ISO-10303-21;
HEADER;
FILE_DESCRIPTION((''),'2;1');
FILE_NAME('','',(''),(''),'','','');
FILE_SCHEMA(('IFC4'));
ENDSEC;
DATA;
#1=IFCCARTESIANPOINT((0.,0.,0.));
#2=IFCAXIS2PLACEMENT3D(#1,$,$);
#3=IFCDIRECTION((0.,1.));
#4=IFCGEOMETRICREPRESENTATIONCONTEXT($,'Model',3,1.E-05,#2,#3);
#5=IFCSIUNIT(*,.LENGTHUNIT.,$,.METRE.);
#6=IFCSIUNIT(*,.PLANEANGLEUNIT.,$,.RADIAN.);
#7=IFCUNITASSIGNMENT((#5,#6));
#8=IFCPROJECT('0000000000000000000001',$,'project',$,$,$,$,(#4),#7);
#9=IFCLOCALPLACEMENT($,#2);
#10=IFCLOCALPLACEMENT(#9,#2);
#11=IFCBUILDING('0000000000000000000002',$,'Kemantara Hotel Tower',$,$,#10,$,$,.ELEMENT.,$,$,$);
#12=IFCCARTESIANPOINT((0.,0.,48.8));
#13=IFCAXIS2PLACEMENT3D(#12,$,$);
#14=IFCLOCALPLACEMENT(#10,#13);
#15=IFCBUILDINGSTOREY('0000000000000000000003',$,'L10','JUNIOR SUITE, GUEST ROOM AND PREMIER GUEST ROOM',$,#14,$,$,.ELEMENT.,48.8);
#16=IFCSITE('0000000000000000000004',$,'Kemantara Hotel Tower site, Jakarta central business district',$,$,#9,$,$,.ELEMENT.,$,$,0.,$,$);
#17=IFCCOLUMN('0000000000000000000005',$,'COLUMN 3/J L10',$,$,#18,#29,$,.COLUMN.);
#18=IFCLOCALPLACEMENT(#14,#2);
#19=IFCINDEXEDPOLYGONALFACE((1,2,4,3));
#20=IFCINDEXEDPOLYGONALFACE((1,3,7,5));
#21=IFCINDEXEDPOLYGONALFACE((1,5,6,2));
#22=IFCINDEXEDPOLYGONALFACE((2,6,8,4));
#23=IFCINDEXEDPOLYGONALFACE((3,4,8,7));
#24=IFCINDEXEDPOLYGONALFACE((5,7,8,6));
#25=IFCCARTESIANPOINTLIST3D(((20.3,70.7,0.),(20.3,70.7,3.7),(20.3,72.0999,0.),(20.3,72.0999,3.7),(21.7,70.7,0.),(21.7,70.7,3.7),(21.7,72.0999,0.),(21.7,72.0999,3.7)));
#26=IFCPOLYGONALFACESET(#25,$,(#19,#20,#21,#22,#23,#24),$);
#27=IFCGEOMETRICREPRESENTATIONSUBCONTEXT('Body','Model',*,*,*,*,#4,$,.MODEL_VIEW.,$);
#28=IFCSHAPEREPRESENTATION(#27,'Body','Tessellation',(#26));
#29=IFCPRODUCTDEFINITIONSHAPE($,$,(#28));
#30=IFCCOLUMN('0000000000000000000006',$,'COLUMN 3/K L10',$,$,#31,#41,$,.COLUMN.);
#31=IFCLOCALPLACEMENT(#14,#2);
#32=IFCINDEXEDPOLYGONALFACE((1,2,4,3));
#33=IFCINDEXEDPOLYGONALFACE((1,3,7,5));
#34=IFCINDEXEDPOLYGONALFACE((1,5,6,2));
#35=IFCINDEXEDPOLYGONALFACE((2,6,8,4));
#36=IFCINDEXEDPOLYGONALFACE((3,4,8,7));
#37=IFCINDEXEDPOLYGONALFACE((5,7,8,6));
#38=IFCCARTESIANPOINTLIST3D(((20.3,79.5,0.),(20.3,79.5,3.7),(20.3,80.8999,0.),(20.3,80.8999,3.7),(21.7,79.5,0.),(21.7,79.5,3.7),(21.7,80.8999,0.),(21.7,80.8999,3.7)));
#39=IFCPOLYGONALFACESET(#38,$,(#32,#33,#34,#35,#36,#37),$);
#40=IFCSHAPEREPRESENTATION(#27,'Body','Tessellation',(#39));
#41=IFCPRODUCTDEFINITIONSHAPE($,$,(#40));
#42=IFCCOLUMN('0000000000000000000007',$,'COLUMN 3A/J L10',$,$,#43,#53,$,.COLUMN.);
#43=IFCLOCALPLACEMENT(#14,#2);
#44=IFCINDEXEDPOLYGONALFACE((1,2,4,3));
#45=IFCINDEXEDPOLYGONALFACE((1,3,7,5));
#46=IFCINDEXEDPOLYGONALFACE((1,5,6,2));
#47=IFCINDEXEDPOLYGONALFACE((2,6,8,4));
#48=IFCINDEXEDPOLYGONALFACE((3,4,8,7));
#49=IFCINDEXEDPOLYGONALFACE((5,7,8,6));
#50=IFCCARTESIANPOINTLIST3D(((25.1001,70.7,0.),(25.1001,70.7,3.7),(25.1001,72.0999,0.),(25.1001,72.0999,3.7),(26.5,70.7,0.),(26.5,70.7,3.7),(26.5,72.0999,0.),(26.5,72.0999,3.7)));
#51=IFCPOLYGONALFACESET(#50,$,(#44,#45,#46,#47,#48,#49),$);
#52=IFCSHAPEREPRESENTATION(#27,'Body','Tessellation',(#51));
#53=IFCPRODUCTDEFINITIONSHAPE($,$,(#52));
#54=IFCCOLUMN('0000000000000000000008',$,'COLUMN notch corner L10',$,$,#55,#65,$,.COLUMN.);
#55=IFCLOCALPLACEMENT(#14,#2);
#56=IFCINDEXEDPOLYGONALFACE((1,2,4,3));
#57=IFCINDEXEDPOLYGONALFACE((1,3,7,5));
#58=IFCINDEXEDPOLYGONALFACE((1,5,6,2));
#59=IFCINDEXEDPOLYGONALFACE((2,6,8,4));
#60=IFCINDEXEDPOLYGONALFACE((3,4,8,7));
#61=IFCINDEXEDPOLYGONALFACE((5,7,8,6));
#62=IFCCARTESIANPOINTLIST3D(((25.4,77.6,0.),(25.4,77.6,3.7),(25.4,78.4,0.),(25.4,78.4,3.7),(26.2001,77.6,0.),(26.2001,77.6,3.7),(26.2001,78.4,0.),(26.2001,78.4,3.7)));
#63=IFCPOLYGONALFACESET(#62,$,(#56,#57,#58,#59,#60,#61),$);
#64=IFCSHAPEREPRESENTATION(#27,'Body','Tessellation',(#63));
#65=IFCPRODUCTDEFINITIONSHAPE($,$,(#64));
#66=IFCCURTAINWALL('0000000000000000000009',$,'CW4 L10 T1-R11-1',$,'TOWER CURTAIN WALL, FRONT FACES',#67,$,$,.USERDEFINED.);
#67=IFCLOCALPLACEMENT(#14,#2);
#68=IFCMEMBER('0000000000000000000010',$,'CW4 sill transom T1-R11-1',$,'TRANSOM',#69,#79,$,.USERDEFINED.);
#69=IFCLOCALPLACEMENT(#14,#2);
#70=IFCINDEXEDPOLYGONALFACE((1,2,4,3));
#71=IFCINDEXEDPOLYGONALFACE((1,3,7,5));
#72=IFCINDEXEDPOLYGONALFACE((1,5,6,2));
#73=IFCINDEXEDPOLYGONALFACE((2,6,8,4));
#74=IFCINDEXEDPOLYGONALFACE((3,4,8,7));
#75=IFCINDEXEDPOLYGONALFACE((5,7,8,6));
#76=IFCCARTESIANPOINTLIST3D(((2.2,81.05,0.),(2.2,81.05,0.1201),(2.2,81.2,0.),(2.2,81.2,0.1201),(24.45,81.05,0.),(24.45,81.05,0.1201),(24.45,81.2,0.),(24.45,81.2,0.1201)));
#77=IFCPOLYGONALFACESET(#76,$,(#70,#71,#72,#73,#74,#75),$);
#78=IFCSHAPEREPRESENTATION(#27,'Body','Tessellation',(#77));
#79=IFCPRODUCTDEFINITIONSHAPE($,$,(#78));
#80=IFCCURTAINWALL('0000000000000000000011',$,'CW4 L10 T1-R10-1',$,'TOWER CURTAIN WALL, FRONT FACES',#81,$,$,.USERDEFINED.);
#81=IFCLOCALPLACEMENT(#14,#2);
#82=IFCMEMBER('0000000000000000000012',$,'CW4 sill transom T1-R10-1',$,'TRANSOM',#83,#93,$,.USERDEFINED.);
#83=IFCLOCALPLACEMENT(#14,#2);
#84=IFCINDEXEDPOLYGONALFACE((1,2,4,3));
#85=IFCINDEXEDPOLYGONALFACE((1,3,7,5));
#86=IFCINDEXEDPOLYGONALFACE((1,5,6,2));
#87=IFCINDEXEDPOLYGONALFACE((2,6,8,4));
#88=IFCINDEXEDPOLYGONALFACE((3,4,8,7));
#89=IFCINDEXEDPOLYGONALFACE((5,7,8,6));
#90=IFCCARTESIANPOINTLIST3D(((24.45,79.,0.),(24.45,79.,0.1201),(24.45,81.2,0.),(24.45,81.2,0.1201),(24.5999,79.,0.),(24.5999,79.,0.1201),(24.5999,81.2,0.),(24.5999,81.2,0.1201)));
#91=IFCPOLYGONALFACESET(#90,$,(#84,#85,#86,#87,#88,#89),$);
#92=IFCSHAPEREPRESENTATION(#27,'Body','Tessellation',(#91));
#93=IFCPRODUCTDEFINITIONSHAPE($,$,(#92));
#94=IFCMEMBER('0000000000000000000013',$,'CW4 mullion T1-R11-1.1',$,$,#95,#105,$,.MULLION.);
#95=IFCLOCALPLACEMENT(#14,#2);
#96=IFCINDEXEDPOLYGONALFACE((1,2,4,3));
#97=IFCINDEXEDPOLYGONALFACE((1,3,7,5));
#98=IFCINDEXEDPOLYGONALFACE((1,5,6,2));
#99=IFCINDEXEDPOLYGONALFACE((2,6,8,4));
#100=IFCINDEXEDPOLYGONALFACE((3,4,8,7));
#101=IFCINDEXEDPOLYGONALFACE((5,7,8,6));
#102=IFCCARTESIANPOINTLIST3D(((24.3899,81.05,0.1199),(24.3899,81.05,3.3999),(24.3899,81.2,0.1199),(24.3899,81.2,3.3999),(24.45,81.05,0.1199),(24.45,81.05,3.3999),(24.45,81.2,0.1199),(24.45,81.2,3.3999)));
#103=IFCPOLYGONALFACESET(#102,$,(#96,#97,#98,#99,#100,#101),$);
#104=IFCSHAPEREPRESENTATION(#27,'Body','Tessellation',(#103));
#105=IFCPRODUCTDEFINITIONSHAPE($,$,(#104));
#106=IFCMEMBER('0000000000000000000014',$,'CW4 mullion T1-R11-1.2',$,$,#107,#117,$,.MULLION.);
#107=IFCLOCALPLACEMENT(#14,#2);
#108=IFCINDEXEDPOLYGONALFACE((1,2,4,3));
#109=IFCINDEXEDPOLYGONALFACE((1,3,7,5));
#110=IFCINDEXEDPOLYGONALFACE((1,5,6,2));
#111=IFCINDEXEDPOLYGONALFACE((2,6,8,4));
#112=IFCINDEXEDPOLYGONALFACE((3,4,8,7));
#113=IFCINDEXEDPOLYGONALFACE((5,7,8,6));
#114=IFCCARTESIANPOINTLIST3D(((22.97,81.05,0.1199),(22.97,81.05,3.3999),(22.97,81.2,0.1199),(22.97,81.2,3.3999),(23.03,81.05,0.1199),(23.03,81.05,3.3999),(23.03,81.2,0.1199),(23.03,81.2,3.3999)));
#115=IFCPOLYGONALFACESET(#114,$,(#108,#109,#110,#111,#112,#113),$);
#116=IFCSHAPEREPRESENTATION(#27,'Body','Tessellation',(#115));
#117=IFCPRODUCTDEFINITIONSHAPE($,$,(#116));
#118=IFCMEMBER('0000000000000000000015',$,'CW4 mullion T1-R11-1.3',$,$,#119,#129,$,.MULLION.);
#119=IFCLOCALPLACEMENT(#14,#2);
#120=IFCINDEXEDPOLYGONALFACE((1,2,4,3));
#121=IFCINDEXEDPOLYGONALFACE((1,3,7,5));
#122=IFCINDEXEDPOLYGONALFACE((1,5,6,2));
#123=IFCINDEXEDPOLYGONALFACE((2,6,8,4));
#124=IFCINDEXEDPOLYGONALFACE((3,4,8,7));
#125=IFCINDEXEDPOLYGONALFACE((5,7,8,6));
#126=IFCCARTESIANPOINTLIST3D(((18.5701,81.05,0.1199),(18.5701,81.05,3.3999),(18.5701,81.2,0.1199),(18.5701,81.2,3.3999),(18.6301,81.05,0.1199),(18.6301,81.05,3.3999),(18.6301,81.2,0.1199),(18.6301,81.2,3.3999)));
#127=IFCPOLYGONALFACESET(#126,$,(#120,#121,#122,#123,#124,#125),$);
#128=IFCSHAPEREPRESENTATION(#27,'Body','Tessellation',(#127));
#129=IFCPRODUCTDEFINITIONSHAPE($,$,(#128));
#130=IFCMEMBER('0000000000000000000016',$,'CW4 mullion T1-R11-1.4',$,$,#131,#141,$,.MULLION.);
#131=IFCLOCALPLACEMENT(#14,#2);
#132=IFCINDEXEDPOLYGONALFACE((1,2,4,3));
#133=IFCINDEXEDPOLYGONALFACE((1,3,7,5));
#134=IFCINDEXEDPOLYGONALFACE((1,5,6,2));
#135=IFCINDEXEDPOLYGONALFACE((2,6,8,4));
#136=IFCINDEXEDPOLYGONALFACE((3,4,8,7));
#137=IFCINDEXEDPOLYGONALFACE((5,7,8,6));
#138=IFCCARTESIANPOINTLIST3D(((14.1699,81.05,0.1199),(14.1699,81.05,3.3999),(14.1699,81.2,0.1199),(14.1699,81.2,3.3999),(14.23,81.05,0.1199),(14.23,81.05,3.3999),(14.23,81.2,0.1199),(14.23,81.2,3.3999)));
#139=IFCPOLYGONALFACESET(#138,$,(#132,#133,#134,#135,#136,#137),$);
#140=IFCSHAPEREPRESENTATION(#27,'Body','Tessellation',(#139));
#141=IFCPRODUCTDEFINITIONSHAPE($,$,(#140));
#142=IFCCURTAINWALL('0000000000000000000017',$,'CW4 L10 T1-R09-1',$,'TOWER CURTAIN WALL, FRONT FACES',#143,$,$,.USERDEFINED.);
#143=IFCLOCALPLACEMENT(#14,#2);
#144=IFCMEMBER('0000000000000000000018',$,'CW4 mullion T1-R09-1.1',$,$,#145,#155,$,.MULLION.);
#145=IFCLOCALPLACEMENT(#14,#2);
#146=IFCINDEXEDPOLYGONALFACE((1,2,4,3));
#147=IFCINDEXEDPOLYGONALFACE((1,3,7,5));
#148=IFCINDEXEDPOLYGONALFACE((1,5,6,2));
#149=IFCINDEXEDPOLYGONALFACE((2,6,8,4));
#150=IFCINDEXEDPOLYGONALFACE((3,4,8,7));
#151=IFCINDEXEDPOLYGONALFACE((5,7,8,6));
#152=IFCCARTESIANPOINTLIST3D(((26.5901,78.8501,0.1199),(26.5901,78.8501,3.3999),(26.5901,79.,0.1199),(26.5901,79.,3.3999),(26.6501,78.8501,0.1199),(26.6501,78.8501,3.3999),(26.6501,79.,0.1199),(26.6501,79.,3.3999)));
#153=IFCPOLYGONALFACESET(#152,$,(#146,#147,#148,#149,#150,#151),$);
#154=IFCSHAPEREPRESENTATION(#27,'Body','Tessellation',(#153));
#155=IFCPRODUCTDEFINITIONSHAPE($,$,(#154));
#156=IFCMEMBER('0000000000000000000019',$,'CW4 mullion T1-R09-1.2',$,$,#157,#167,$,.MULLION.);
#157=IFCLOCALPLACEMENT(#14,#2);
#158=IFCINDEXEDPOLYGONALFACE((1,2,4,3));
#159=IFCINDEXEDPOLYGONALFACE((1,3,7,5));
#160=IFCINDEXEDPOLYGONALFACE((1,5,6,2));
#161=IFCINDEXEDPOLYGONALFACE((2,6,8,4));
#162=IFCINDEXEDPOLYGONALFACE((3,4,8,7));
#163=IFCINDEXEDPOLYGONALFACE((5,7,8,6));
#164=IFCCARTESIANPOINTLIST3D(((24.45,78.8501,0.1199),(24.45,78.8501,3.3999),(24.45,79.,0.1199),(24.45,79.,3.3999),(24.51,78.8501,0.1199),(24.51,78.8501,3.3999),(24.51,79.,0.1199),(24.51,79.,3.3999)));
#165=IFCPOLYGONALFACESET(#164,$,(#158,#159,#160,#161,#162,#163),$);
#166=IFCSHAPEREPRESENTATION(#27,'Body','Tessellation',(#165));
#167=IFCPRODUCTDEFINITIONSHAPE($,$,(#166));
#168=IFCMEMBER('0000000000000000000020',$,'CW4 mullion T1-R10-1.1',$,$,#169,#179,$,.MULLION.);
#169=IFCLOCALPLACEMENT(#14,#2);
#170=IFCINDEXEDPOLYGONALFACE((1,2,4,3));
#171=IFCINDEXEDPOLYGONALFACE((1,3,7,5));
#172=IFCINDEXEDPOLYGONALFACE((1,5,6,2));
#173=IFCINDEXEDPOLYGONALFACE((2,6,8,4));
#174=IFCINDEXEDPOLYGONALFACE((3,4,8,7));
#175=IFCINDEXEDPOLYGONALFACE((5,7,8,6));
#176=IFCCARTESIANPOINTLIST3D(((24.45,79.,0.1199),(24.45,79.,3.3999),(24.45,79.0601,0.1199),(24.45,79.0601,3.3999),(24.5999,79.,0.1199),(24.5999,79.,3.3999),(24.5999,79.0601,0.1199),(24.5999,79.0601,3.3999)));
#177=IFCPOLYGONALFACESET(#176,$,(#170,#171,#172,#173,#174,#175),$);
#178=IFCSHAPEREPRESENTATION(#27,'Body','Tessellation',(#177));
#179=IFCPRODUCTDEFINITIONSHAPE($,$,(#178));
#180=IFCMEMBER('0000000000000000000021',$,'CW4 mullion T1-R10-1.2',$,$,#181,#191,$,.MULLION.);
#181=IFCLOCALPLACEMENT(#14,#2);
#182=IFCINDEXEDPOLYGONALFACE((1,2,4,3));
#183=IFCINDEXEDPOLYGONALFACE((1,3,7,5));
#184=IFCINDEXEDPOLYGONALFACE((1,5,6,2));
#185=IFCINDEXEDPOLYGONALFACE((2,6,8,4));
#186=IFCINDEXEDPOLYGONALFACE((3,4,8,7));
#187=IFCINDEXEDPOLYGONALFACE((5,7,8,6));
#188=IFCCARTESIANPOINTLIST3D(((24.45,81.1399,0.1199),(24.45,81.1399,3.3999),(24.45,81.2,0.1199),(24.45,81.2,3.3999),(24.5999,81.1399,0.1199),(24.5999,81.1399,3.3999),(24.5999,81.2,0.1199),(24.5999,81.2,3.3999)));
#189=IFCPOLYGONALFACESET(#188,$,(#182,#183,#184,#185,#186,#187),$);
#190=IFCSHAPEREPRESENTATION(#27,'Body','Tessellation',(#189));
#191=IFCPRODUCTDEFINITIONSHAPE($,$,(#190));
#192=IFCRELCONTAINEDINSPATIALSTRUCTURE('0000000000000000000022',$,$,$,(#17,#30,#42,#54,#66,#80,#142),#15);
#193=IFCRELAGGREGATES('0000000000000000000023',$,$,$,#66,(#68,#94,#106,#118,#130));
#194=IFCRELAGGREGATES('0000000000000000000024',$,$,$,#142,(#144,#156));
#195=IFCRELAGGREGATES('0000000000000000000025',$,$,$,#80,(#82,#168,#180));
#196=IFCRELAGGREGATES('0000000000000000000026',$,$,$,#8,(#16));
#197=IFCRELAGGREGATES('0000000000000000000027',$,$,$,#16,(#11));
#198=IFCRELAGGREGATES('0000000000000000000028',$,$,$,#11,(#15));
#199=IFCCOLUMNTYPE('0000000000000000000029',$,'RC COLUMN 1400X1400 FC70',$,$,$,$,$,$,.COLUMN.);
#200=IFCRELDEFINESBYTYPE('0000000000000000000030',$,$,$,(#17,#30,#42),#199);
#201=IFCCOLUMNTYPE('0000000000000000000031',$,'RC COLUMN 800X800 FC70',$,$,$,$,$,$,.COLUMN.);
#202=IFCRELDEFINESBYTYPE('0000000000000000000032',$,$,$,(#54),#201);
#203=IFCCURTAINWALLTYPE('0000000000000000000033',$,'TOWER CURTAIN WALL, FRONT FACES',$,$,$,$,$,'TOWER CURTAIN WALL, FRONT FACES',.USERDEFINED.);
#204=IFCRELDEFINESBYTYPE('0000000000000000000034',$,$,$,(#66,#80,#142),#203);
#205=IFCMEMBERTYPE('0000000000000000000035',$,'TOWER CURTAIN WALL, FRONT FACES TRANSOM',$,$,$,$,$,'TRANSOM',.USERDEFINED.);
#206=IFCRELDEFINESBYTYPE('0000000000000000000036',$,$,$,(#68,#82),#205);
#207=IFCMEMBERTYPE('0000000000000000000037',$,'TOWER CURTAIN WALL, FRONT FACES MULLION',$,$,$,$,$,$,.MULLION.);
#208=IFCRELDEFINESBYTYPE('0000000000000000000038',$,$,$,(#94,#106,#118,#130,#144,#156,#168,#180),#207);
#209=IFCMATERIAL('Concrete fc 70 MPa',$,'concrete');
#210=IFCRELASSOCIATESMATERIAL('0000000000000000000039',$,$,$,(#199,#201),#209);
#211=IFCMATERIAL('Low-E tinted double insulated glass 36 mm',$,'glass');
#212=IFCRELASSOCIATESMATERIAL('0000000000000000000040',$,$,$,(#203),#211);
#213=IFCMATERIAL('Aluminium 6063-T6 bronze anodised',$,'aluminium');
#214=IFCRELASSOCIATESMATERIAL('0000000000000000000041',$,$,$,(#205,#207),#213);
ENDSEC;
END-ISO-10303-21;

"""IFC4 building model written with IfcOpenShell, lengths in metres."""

from ifc_helpers import new_model, si_unit, direction, frame, origin, origin_2d, place, context, subcontext, project, spatial, rectangle, extrude, source, transform, mapped, material, material_profile, profile_set, type_object, element, aggregate, save


model = new_model("IFC4")

# Units and contexts
model_context = context("Model", 3, precision=1e-05, world=origin(), true_north=direction((0.0, 1.0)))
body_context = subcontext(model_context, "Body", "Model", "MODEL_VIEW")
ifc_project = project(units=[si_unit("LENGTHUNIT", "METRE"), si_unit("PLANEANGLEUNIT", "RADIAN")], contexts=[model_context])

# Site, building, storey
site_placement = place(None, origin())
site = spatial("IfcSite", under=ifc_project, at=site_placement, Name="Kemantara Hotel Tower site, Jakarta central business district", CompositionType="ELEMENT", RefElevation=0.0)
building_placement = place(site_placement, origin())
building = spatial("IfcBuilding", under=site, at=building_placement, Name="Kemantara Hotel Tower", CompositionType="ELEMENT")
storey_placement = place(building_placement, frame((0.0, 0.0, 48.8)))
storey = spatial("IfcBuildingStorey", under=building, at=storey_placement, Name="L10", Description="JUNIOR SUITE, GUEST ROOM AND PREMIER GUEST ROOM", CompositionType="ELEMENT", Elevation=48.8)

# Columns
ifc_material_1 = material(Name="Concrete fc 70 MPa", Category="concrete")
ifc_material_profile_1 = material_profile(ifc_material_1, rectangle(XDim=1.3999, YDim=1.3999, at=origin_2d()), Name="RC 1400X1400")
ifc_profile_set_1 = profile_set([ifc_material_profile_1], Name="Concrete fc 70 MPa")
column_type_1 = type_object("IfcColumnType", Name="RC COLUMN 1400X1400 FC70", PredefinedType="COLUMN", material=ifc_profile_set_1)
for number, where, z_axis, x_axis, name in (
    (1, (21.0, 71.3999, 0.0), (0.0, 0.0, 1.0), (1.0, 0.0, 0.0), "COLUMN 3/J L10"),
    (2, (21.0, 80.2, 0.0), (0.0, 0.0, 1.0), (1.0, 0.0, 0.0), "COLUMN 3/K L10"),
    (3, (25.8, 71.3999, 0.0), (0.0, 0.0, 1.0), (1.0, 0.0, 0.0), "COLUMN 3A/J L10"),
):
    element("IfcColumn", number, at=place(storey_placement, frame(where, z_axis=z_axis, x_axis=x_axis)), inside=storey, type_object=column_type_1, Name=name, PredefinedType="COLUMN", context=body_context, shape_type="SweptSolid", body=[
        extrude(rectangle(XDim=1.3999, YDim=1.3999, at=origin_2d()), origin(), (0.0, 0.0, 1.0), 3.7),
    ])
ifc_material_profile_2 = material_profile(ifc_material_1, rectangle(XDim=0.8, YDim=0.8, at=origin_2d()), Name="RC 800X800")
ifc_profile_set_2 = profile_set([ifc_material_profile_2], Name="Concrete fc 70 MPa")
column_type_2 = type_object("IfcColumnType", Name="RC COLUMN 800X800 FC70", PredefinedType="COLUMN", material=ifc_profile_set_2)
column_placement = place(storey_placement, frame((25.8, 78.0, 0.0), z_axis=(0.0, 0.0, 1.0), x_axis=(1.0, 0.0, 0.0)))
element("IfcColumn", 4, at=column_placement, inside=storey, type_object=column_type_2, Name="COLUMN notch corner L10", PredefinedType="COLUMN", context=body_context, shape_type="SweptSolid", body=[
    extrude(rectangle(XDim=0.8, YDim=0.8, at=origin_2d()), origin(), (0.0, 0.0, 1.0), 3.7),
])

# Curtain walls, members
ifc_material_2 = material(Name="Low-E tinted double insulated glass 36 mm", Category="glass")
curtain_wall_type = type_object("IfcCurtainWallType", Name="TOWER CURTAIN WALL, FRONT FACES", ElementType="TOWER CURTAIN WALL, FRONT FACES", PredefinedType="USERDEFINED", material=ifc_material_2)
curtain_wall_1_placement = place(storey_placement, origin())
curtain_wall_1 = element("IfcCurtainWall", 5, at=curtain_wall_1_placement, inside=storey, type_object=curtain_wall_type, Name="CW4 L10 T1-R11-1", ObjectType="TOWER CURTAIN WALL, FRONT FACES", PredefinedType="USERDEFINED")
ifc_material_3 = material(Name="Aluminium 6063-T6 bronze anodised", Category="aluminium")
ifc_material_profile_3 = material_profile(ifc_material_3, rectangle(XDim=0.1499, YDim=0.1201, at=origin_2d()), Name="TOWER CURTAIN WALL, FRONT FACES TRANSOM")
ifc_profile_set_3 = profile_set([ifc_material_profile_3], Name="Aluminium 6063-T6 bronze anodised")
member_type_1 = type_object("IfcMemberType", Name="TOWER CURTAIN WALL, FRONT FACES TRANSOM", ElementType="TRANSOM", PredefinedType="USERDEFINED", material=ifc_profile_set_3)
member_1_placement = place(storey_placement, frame((24.45, 81.125, 0.0601), z_axis=(-1.0, 0.0, 0.0), x_axis=(0.0, -1.0, 0.0)))
member_1 = element("IfcMember", 6, at=member_1_placement, type_object=member_type_1, Name="CW4 sill transom T1-R11-1", ObjectType="TRANSOM", PredefinedType="USERDEFINED", context=body_context, shape_type="SweptSolid", body=[
    extrude(rectangle(XDim=0.1499, YDim=0.1201, at=origin_2d()), origin(), (0.0, 0.0, 1.0), 22.25),
])
curtain_wall_2_placement = place(storey_placement, origin())
curtain_wall_2 = element("IfcCurtainWall", 7, at=curtain_wall_2_placement, inside=storey, type_object=curtain_wall_type, Name="CW4 L10 T1-R10-1", ObjectType="TOWER CURTAIN WALL, FRONT FACES", PredefinedType="USERDEFINED")
member_2_placement = place(storey_placement, frame((24.5249, 79.0, 0.0601), z_axis=(0.0, 1.0, 0.0), x_axis=(-1.0, 0.0, 0.0)))
member_2 = element("IfcMember", 8, at=member_2_placement, type_object=member_type_1, Name="CW4 sill transom T1-R10-1", ObjectType="TRANSOM", PredefinedType="USERDEFINED", context=body_context, shape_type="SweptSolid", body=[
    extrude(rectangle(XDim=0.1499, YDim=0.1201, at=origin_2d()), origin(), (0.0, 0.0, 1.0), 2.2),
])

# Members
ifc_material_profile_4 = material_profile(ifc_material_3, rectangle(XDim=0.1499, YDim=0.0601, at=origin_2d()), Name="TOWER CURTAIN WALL, FRONT FACES MULLION")
ifc_profile_set_4 = profile_set([ifc_material_profile_4], Name="Aluminium 6063-T6 bronze anodised")
member_type_2 = type_object("IfcMemberType", Name="TOWER CURTAIN WALL, FRONT FACES MULLION", PredefinedType="MULLION", material=ifc_profile_set_4)
shared_shape_1 = source(origin(), body_context, "Body", "SweptSolid", [
    extrude(rectangle(XDim=0.1499, YDim=0.0601, at=origin_2d()), origin(), (0.0, 0.0, 1.0), 3.28),
])
member_3_placement = place(storey_placement, frame((24.4199, 81.125, 0.1199), z_axis=(0.0, 0.0, 1.0), x_axis=(0.0, -1.0, 0.0)))
member_3 = element("IfcMember", 9, at=member_3_placement, type_object=member_type_2, Name="CW4 mullion T1-R11-1.1", PredefinedType="MULLION", context=body_context, shape_type="MappedRepresentation", body=[
    mapped(shared_shape_1, transform((0.0, 0.0, 0.0))),
])
member_4_placement = place(storey_placement, frame((23.0, 81.125, 0.1199), z_axis=(0.0, 0.0, 1.0), x_axis=(0.0, -1.0, 0.0)))
member_4 = element("IfcMember", 10, at=member_4_placement, type_object=member_type_2, Name="CW4 mullion T1-R11-1.2", PredefinedType="MULLION", context=body_context, shape_type="MappedRepresentation", body=[
    mapped(shared_shape_1, transform((0.0, 0.0, 0.0))),
])
member_5_placement = place(storey_placement, frame((18.6001, 81.125, 0.1199), z_axis=(0.0, 0.0, 1.0), x_axis=(0.0, -1.0, 0.0)))
member_5 = element("IfcMember", 11, at=member_5_placement, type_object=member_type_2, Name="CW4 mullion T1-R11-1.3", PredefinedType="MULLION", context=body_context, shape_type="MappedRepresentation", body=[
    mapped(shared_shape_1, transform((0.0, 0.0, 0.0))),
])
member_6_placement = place(storey_placement, frame((14.2, 81.125, 0.1199), z_axis=(0.0, 0.0, 1.0), x_axis=(0.0, -1.0, 0.0)))
member_6 = element("IfcMember", 12, at=member_6_placement, type_object=member_type_2, Name="CW4 mullion T1-R11-1.4", PredefinedType="MULLION", context=body_context, shape_type="MappedRepresentation", body=[
    mapped(shared_shape_1, transform((0.0, 0.0, 0.0))),
])

# Curtain wall, members
curtain_wall_3_placement = place(storey_placement, origin())
curtain_wall_3 = element("IfcCurtainWall", 13, at=curtain_wall_3_placement, inside=storey, type_object=curtain_wall_type, Name="CW4 L10 T1-R09-1", ObjectType="TOWER CURTAIN WALL, FRONT FACES", PredefinedType="USERDEFINED")
member_7_placement = place(storey_placement, frame((26.6201, 78.925, 0.1199), z_axis=(0.0, 0.0, 1.0), x_axis=(0.0, -1.0, 0.0)))
member_7 = element("IfcMember", 14, at=member_7_placement, type_object=member_type_2, Name="CW4 mullion T1-R09-1.1", PredefinedType="MULLION", context=body_context, shape_type="MappedRepresentation", body=[
    mapped(shared_shape_1, transform((0.0, 0.0, 0.0))),
])
member_8_placement = place(storey_placement, frame((24.48, 78.925, 0.1199), z_axis=(0.0, 0.0, 1.0), x_axis=(0.0, -1.0, 0.0)))
member_8 = element("IfcMember", 15, at=member_8_placement, type_object=member_type_2, Name="CW4 mullion T1-R09-1.2", PredefinedType="MULLION", context=body_context, shape_type="MappedRepresentation", body=[
    mapped(shared_shape_1, transform((0.0, 0.0, 0.0))),
])

# Members
member_9_placement = place(storey_placement, frame((24.5249, 79.03, 0.1199), z_axis=(0.0, 0.0, 1.0), x_axis=(-1.0, 0.0, 0.0)))
member_9 = element("IfcMember", 16, at=member_9_placement, type_object=member_type_2, Name="CW4 mullion T1-R10-1.1", PredefinedType="MULLION", context=body_context, shape_type="MappedRepresentation", body=[
    mapped(shared_shape_1, transform((0.0, 0.0, 0.0))),
])
member_10_placement = place(storey_placement, frame((24.5249, 81.1699, 0.1199), z_axis=(0.0, 0.0, 1.0), x_axis=(-1.0, 0.0, 0.0)))
member_10 = element("IfcMember", 17, at=member_10_placement, type_object=member_type_2, Name="CW4 mullion T1-R10-1.2", PredefinedType="MULLION", context=body_context, shape_type="MappedRepresentation", body=[
    mapped(shared_shape_1, transform((0.0, 0.0, 0.0))),
])

aggregate(curtain_wall_1, [member_1, member_3, member_4, member_5, member_6])
aggregate(curtain_wall_3, [member_7, member_8])
aggregate(curtain_wall_2, [member_2, member_9, member_10])

save(model, "model.ifc")
